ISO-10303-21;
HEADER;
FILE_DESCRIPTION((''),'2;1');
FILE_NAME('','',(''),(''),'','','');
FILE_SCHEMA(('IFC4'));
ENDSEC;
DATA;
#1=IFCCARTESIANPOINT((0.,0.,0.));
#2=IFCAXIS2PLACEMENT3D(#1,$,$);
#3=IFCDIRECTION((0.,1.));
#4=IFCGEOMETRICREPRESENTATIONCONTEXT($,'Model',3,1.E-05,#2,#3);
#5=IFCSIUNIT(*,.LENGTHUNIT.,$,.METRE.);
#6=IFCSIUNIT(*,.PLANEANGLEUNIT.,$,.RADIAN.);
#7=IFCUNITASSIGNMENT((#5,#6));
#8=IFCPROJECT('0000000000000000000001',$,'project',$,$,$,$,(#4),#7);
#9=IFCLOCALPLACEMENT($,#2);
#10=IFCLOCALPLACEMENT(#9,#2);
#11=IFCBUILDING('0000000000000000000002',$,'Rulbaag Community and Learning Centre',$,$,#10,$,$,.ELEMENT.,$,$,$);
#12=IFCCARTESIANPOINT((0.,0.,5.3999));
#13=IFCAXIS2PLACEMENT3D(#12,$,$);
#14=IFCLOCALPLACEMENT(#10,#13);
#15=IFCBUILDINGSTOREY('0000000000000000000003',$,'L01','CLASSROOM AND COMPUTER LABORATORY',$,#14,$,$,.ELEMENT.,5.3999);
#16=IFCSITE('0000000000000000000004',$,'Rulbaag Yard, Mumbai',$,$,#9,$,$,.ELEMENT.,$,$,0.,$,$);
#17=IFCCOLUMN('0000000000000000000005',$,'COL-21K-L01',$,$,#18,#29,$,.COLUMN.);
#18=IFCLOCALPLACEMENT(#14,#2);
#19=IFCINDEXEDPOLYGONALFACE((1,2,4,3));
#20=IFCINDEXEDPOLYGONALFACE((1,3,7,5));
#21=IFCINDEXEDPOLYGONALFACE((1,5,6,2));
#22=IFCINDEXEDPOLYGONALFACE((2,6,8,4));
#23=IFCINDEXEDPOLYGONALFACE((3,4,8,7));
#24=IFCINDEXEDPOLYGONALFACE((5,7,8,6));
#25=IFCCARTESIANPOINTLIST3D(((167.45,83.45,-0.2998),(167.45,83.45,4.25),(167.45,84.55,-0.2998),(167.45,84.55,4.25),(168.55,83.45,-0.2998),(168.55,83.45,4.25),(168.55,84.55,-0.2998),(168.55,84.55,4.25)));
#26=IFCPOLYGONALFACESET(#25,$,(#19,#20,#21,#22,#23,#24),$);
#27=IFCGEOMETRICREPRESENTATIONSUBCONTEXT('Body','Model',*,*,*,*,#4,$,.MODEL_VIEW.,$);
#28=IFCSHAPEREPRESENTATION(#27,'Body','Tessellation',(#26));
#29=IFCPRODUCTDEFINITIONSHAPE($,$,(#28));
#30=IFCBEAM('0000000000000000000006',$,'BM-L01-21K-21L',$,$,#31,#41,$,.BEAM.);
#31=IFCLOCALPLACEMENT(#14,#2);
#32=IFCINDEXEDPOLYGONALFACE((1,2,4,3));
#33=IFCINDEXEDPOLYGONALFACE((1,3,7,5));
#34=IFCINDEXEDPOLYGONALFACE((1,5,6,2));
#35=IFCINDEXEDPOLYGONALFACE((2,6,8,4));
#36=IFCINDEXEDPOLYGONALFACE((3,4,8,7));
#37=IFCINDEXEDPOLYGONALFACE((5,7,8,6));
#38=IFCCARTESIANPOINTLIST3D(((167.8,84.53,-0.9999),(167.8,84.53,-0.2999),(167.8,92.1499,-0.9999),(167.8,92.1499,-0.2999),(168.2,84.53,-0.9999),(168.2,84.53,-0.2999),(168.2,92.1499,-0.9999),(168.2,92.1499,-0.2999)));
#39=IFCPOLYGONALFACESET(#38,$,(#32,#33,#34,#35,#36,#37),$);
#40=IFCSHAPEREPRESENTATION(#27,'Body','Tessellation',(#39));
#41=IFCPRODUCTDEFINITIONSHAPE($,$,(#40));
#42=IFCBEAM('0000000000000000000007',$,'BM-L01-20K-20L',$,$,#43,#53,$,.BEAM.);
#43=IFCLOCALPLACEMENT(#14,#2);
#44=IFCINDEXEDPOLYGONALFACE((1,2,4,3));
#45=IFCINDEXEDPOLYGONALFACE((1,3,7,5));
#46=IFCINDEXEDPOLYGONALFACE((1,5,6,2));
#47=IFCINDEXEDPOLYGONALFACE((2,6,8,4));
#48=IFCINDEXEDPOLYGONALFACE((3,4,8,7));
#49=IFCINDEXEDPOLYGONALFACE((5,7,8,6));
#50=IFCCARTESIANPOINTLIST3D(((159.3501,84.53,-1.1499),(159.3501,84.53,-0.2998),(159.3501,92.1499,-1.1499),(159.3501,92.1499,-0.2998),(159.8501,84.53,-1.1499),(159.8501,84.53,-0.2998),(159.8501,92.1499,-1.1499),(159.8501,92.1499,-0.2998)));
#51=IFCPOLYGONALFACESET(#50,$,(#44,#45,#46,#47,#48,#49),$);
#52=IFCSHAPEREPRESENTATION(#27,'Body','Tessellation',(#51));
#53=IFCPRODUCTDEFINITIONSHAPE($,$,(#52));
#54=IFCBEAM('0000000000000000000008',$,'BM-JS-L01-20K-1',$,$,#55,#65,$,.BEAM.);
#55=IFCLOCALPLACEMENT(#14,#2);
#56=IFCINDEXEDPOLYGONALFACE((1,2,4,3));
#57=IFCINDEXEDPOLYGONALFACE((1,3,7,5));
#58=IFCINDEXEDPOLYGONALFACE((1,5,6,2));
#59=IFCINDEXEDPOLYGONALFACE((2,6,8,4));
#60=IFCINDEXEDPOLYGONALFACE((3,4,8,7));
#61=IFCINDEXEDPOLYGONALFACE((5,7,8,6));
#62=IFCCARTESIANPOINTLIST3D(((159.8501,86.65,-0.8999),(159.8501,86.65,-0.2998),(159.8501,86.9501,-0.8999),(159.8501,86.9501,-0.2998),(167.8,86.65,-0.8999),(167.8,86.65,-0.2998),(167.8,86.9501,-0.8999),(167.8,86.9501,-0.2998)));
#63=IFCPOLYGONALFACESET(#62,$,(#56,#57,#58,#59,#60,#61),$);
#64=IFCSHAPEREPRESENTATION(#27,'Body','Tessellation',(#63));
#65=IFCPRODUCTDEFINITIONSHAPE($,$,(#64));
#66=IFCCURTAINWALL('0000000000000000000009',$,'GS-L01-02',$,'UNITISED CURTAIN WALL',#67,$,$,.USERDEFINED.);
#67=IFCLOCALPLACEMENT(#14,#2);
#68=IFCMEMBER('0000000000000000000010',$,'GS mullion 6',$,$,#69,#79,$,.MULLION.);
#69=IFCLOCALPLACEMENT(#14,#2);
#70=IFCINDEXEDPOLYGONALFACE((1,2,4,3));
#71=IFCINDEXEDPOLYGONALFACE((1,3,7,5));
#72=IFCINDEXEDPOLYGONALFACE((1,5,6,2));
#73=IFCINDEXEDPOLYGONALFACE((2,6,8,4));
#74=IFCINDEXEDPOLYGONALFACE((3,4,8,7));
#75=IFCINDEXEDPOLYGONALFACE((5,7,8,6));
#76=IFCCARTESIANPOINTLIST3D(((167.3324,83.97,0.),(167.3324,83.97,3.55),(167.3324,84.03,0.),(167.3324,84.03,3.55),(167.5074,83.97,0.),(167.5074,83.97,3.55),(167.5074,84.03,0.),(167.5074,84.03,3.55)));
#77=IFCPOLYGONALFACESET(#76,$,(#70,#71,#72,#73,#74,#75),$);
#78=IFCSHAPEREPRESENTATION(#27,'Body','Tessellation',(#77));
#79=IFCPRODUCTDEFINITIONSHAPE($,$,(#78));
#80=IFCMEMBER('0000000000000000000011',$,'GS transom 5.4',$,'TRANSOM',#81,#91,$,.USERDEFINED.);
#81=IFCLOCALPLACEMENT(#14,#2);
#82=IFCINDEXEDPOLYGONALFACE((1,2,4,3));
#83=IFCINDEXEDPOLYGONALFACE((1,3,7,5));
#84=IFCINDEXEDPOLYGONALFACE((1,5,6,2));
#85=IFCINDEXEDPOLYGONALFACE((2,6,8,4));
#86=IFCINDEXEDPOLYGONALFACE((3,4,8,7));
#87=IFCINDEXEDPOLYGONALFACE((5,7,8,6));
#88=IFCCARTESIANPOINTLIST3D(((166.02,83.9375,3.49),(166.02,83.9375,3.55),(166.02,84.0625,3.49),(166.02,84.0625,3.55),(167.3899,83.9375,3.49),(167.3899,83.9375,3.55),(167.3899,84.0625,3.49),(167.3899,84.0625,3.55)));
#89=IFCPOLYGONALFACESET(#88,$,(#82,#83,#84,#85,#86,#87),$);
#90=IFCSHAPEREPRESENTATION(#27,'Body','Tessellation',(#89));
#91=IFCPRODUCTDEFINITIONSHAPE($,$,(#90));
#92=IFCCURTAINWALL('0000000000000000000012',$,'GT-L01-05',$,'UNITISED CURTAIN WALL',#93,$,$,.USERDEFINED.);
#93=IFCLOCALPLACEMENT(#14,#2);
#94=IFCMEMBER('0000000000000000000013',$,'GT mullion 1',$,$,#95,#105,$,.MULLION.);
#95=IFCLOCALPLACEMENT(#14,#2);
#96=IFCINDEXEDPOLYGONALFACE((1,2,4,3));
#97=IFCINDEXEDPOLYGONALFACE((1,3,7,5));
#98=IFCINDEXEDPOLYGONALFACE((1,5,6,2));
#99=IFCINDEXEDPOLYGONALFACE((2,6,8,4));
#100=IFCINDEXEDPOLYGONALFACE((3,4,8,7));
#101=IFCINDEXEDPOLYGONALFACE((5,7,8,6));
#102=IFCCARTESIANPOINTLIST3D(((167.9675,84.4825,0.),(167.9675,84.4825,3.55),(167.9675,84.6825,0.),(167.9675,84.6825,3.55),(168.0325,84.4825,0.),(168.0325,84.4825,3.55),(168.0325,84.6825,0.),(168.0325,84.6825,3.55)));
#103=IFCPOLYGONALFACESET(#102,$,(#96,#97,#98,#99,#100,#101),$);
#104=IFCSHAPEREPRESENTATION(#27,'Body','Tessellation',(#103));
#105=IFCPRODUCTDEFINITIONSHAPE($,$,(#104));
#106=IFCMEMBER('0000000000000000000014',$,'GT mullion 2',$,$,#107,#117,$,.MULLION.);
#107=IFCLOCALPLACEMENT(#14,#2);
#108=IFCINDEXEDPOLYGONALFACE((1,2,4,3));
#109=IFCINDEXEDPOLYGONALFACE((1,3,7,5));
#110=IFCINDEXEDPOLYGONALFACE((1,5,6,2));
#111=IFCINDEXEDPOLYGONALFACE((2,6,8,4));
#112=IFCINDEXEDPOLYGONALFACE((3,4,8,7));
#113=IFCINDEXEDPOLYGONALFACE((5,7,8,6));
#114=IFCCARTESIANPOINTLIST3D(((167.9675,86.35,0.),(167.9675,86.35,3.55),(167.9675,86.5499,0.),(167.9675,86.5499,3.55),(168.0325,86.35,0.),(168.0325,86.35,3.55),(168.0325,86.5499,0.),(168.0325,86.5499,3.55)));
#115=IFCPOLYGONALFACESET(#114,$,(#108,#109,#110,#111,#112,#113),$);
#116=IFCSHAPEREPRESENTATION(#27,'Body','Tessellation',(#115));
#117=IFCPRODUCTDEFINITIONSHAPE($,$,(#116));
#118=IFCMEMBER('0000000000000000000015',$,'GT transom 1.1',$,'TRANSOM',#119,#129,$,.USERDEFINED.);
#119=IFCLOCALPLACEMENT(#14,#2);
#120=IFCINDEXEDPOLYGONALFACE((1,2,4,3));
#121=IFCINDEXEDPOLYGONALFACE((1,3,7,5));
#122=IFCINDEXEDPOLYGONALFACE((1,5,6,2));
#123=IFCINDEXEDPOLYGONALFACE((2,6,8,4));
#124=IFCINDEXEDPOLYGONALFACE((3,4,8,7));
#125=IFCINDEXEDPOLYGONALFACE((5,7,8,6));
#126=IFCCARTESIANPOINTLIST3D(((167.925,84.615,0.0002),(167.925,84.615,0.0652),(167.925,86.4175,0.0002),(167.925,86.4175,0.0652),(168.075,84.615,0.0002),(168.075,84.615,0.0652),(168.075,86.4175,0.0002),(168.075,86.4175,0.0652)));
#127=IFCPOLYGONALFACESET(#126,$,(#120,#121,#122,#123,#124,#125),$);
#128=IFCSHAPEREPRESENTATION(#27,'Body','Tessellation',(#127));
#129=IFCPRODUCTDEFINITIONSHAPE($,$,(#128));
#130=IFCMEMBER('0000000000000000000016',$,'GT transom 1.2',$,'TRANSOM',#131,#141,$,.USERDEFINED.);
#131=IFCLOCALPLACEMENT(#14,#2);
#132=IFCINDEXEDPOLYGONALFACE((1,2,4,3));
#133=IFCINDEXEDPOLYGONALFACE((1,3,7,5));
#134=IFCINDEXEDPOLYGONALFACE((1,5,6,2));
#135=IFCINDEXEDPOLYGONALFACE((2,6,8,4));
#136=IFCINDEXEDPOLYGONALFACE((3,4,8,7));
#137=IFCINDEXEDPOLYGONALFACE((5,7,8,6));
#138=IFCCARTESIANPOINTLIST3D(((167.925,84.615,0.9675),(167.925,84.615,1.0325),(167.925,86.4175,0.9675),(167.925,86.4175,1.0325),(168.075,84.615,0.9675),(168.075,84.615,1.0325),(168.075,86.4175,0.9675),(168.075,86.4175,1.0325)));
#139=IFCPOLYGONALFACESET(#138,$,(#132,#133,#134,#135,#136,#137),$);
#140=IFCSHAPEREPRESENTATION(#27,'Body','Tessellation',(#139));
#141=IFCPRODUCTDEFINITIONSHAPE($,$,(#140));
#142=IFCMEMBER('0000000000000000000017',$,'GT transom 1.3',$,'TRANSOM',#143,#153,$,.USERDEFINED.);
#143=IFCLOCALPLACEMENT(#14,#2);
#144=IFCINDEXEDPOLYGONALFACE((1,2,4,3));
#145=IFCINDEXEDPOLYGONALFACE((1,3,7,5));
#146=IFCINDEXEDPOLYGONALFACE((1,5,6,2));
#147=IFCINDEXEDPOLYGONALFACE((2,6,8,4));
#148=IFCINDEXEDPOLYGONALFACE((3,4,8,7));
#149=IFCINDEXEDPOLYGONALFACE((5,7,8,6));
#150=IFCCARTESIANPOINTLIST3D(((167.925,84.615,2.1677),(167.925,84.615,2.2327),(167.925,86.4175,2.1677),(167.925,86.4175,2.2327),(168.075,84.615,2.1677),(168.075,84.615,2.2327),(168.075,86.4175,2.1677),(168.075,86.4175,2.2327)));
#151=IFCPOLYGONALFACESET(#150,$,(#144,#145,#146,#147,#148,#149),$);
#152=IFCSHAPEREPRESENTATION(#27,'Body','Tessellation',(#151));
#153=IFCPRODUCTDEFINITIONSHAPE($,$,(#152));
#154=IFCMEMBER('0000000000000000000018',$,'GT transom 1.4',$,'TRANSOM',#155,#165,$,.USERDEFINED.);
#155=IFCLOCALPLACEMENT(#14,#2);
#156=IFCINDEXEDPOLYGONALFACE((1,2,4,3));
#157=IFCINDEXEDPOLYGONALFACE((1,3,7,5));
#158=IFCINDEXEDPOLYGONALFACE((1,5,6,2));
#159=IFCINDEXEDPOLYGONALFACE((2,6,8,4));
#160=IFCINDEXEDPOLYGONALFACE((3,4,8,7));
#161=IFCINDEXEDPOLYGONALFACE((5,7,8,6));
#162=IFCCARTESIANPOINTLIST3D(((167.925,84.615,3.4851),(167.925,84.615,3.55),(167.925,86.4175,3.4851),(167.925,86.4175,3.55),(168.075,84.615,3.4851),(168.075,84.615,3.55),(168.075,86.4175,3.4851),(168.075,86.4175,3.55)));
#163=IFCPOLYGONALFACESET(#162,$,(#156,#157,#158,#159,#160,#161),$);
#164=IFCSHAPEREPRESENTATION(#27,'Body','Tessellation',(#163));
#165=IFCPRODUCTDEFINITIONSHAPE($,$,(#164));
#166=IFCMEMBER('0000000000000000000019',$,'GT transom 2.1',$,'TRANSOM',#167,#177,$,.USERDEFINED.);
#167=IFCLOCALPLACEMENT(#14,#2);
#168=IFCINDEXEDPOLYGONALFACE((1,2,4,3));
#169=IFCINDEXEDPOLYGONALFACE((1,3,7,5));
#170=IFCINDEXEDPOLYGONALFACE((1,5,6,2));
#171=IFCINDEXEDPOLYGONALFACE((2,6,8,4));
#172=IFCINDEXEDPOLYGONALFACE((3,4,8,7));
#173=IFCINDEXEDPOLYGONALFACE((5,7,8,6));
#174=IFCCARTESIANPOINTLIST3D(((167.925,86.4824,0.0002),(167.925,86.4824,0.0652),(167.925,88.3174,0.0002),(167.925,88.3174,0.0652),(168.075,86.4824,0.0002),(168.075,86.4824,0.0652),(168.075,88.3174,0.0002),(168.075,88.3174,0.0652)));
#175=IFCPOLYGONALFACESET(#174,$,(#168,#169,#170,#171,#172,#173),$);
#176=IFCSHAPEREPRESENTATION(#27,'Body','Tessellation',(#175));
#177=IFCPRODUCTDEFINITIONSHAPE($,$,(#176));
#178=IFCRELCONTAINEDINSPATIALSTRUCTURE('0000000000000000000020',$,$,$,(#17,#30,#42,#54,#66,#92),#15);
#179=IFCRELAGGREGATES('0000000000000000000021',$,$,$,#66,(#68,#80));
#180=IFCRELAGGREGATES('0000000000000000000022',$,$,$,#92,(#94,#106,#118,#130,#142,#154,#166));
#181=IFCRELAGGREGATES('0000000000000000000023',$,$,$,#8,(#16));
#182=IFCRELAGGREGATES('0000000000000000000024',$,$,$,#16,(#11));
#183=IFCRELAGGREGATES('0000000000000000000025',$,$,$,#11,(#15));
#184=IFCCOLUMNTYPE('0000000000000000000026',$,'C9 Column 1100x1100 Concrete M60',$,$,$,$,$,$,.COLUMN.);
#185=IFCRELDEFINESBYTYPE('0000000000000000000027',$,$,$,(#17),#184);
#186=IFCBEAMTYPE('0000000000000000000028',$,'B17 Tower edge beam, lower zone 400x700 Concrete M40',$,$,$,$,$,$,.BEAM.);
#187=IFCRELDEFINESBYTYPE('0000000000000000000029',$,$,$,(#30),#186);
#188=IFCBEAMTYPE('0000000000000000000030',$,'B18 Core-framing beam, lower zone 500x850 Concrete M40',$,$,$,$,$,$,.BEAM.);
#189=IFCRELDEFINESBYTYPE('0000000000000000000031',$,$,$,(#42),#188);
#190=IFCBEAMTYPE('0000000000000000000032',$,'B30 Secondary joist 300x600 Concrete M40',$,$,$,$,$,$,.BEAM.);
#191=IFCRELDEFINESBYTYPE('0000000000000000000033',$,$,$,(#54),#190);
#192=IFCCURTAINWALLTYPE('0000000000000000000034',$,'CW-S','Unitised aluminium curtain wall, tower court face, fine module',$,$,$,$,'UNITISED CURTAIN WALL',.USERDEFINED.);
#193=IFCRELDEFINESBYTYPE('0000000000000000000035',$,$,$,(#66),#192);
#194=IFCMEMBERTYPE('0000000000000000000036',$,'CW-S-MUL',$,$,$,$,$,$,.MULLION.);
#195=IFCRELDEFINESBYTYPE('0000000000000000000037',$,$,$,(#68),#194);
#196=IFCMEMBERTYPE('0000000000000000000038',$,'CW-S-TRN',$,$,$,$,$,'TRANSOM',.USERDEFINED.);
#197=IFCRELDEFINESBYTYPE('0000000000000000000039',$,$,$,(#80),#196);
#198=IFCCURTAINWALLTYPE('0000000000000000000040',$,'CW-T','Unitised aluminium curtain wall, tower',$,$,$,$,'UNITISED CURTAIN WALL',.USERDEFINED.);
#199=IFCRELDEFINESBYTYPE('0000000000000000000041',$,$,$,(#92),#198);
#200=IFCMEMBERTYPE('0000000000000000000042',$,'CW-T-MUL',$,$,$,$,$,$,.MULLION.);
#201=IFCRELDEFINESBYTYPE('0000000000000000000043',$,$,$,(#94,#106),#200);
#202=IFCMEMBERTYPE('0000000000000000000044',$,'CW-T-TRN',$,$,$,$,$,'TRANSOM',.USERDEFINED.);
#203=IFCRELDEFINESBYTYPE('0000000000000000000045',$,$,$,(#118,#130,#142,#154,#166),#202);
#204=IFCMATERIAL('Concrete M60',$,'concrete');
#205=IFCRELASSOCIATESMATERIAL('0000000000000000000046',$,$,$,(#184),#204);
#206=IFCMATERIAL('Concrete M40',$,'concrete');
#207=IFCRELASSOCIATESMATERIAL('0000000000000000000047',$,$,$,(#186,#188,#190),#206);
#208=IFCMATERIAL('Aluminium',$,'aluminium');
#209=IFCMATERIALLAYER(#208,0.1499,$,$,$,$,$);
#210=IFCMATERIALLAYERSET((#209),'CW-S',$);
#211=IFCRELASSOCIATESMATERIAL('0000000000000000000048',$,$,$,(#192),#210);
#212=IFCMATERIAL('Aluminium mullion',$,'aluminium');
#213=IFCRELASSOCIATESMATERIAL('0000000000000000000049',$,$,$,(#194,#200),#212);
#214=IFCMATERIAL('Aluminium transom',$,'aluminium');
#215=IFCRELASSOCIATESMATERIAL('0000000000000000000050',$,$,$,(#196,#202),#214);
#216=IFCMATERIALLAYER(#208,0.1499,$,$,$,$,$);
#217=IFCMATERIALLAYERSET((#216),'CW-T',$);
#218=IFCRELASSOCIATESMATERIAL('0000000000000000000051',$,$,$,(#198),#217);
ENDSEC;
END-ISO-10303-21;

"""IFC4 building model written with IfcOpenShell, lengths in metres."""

from ifc_helpers import new_model, si_unit, direction, frame, origin, origin_2d, place, context, subcontext, project, spatial, rectangle, extrude, material, layer, layer_set, material_profile, profile_set, type_object, element, aggregate, save


model = new_model("IFC4")

# Units and contexts
model_context = context("Model", 3, precision=1e-05, world=origin(), true_north=direction((0.0, 1.0)))
body_context = subcontext(model_context, "Body", "Model", "MODEL_VIEW")
ifc_project = project(units=[si_unit("LENGTHUNIT", "METRE"), si_unit("PLANEANGLEUNIT", "RADIAN")], contexts=[model_context])

# Site, building, storey
site_placement = place(None, origin())
site = spatial("IfcSite", under=ifc_project, at=site_placement, Name="Rulbaag Yard, Mumbai", CompositionType="ELEMENT", RefElevation=0.0)
building_placement = place(site_placement, origin())
building = spatial("IfcBuilding", under=site, at=building_placement, Name="Rulbaag Community and Learning Centre", CompositionType="ELEMENT")
storey_placement = place(building_placement, frame((0.0, 0.0, 5.3999)))
storey = spatial("IfcBuildingStorey", under=building, at=storey_placement, Name="L01", Description="CLASSROOM AND COMPUTER LABORATORY", CompositionType="ELEMENT", Elevation=5.3999)

# Column
ifc_material_1 = material(Name="Concrete M60", Category="concrete")
ifc_material_profile_1 = material_profile(ifc_material_1, rectangle(XDim=1.1001, YDim=1.1001, at=origin_2d()), Name="RC1100x1100")
ifc_profile_set_1 = profile_set([ifc_material_profile_1], Name="Concrete M60")
column_type = type_object("IfcColumnType", Name="C9 Column 1100x1100 Concrete M60", PredefinedType="COLUMN", material=ifc_profile_set_1)
column_placement = place(storey_placement, frame((168.0, 84.0, -0.2998), z_axis=(0.0, 0.0, 1.0), x_axis=(1.0, 0.0, 0.0)))
element("IfcColumn", 1, at=column_placement, inside=storey, type_object=column_type, Name="COL-21K-L01", PredefinedType="COLUMN", context=body_context, shape_type="SweptSolid", body=[
    extrude(rectangle(XDim=1.1001, YDim=1.1001, at=origin_2d()), origin(), (0.0, 0.0, 1.0), 4.5498),
])

# Beams
ifc_material_2 = material(Name="Concrete M40", Category="concrete")
ifc_material_profile_2 = material_profile(ifc_material_2, rectangle(XDim=0.3999, YDim=0.7, at=origin_2d()), Name="RB400x700")
ifc_profile_set_2 = profile_set([ifc_material_profile_2], Name="Concrete M40")
beam_type_1 = type_object("IfcBeamType", Name="B17 Tower edge beam, lower zone 400x700 Concrete M40", PredefinedType="BEAM", material=ifc_profile_set_2)
beam_1_placement = place(storey_placement, frame((168.0, 84.53, -0.6499), z_axis=(0.0, 1.0, 0.0), x_axis=(-1.0, 0.0, 0.0)))
element("IfcBeam", 2, at=beam_1_placement, inside=storey, type_object=beam_type_1, Name="BM-L01-21K-21L", PredefinedType="BEAM", context=body_context, shape_type="SweptSolid", body=[
    extrude(rectangle(XDim=0.3999, YDim=0.7, at=origin_2d()), origin(), (0.0, 0.0, 1.0), 7.6199),
])
ifc_material_profile_3 = material_profile(ifc_material_2, rectangle(XDim=0.5, YDim=0.8501, at=origin_2d()), Name="RB500x850")
ifc_profile_set_3 = profile_set([ifc_material_profile_3], Name="Concrete M40")
beam_type_2 = type_object("IfcBeamType", Name="B18 Core-framing beam, lower zone 500x850 Concrete M40", PredefinedType="BEAM", material=ifc_profile_set_3)
beam_2_placement = place(storey_placement, frame((159.6001, 84.53, -0.7249), z_axis=(0.0, 1.0, 0.0), x_axis=(-1.0, 0.0, 0.0)))
element("IfcBeam", 3, at=beam_2_placement, inside=storey, type_object=beam_type_2, Name="BM-L01-20K-20L", PredefinedType="BEAM", context=body_context, shape_type="SweptSolid", body=[
    extrude(rectangle(XDim=0.5, YDim=0.8501, at=origin_2d()), origin(), (0.0, 0.0, 1.0), 7.6199),
])
ifc_material_profile_4 = material_profile(ifc_material_2, rectangle(XDim=0.3, YDim=0.6001, at=origin_2d()), Name="RB300x600")
ifc_profile_set_4 = profile_set([ifc_material_profile_4], Name="Concrete M40")
beam_type_3 = type_object("IfcBeamType", Name="B30 Secondary joist 300x600 Concrete M40", PredefinedType="BEAM", material=ifc_profile_set_4)
beam_3_placement = place(storey_placement, frame((159.8501, 86.8, -0.5999), z_axis=(1.0, 0.0, 0.0), x_axis=(0.0, 1.0, 0.0)))
element("IfcBeam", 4, at=beam_3_placement, inside=storey, type_object=beam_type_3, Name="BM-JS-L01-20K-1", PredefinedType="BEAM", context=body_context, shape_type="SweptSolid", body=[
    extrude(rectangle(XDim=0.3, YDim=0.6001, at=origin_2d()), origin(), (0.0, 0.0, 1.0), 7.95),
])

# Curtain walls, members
ifc_material_3 = material(Name="Aluminium", Category="aluminium")
ifc_layer_1 = layer(ifc_material_3, 0.1499)
ifc_layer_set_1 = layer_set([ifc_layer_1], Name="CW-S")
curtain_wall_type_1 = type_object("IfcCurtainWallType", Name="CW-S", Description="Unitised aluminium curtain wall, tower court face, fine module", ElementType="UNITISED CURTAIN WALL", PredefinedType="USERDEFINED", material=ifc_layer_set_1)
curtain_wall_1_placement = place(storey_placement, origin())
curtain_wall_1 = element("IfcCurtainWall", 5, at=curtain_wall_1_placement, inside=storey, type_object=curtain_wall_type_1, Name="GS-L01-02", ObjectType="UNITISED CURTAIN WALL", PredefinedType="USERDEFINED")
ifc_material_4 = material(Name="Aluminium mullion", Category="aluminium")
ifc_material_profile_5 = material_profile(ifc_material_4, rectangle(XDim=0.0601, YDim=0.175, at=origin_2d()), Name="AL 60x175")
ifc_profile_set_5 = profile_set([ifc_material_profile_5], Name="Aluminium mullion")
member_type_1 = type_object("IfcMemberType", Name="CW-S-MUL", PredefinedType="MULLION", material=ifc_profile_set_5)
member_1_placement = place(storey_placement, frame((167.4199, 84.0, 0.0), z_axis=(0.0, 0.0, 1.0), x_axis=(0.0, 1.0, 0.0)))
member_1 = element("IfcMember", 6, at=member_1_placement, type_object=member_type_1, Name="GS mullion 6", PredefinedType="MULLION", context=body_context, shape_type="SweptSolid", body=[
    extrude(rectangle(XDim=0.0601, YDim=0.175, at=origin_2d()), origin(), (0.0, 0.0, 1.0), 3.55),
])
ifc_material_5 = material(Name="Aluminium transom", Category="aluminium")
ifc_material_profile_6 = material_profile(ifc_material_5, rectangle(XDim=0.125, YDim=0.0601, at=origin_2d()), Name="AL 60x125 T")
ifc_profile_set_6 = profile_set([ifc_material_profile_6], Name="Aluminium transom")
member_type_2 = type_object("IfcMemberType", Name="CW-S-TRN", ElementType="TRANSOM", PredefinedType="USERDEFINED", material=ifc_profile_set_6)
member_2_placement = place(storey_placement, frame((166.02, 84.0, 3.52), z_axis=(1.0, 0.0, 0.0), x_axis=(0.0, 1.0, 0.0)))
member_2 = element("IfcMember", 7, at=member_2_placement, type_object=member_type_2, Name="GS transom 5.4", ObjectType="TRANSOM", PredefinedType="USERDEFINED", context=body_context, shape_type="SweptSolid", body=[
    extrude(rectangle(XDim=0.125, YDim=0.0601, at=origin_2d()), origin(), (0.0, 0.0, 1.0), 1.3699),
])
ifc_layer_2 = layer(ifc_material_3, 0.1499)
ifc_layer_set_2 = layer_set([ifc_layer_2], Name="CW-T")
curtain_wall_type_2 = type_object("IfcCurtainWallType", Name="CW-T", Description="Unitised aluminium curtain wall, tower", ElementType="UNITISED CURTAIN WALL", PredefinedType="USERDEFINED", material=ifc_layer_set_2)
curtain_wall_2_placement = place(storey_placement, origin())
curtain_wall_2 = element("IfcCurtainWall", 8, at=curtain_wall_2_placement, inside=storey, type_object=curtain_wall_type_2, Name="GT-L01-05", ObjectType="UNITISED CURTAIN WALL", PredefinedType="USERDEFINED")
ifc_material_profile_7 = material_profile(ifc_material_4, rectangle(XDim=0.0649, YDim=0.2, at=origin_2d()), Name="AL 65x200")
ifc_profile_set_7 = profile_set([ifc_material_profile_7], Name="Aluminium mullion")
member_type_3 = type_object("IfcMemberType", Name="CW-T-MUL", PredefinedType="MULLION", material=ifc_profile_set_7)
member_3_placement = place(storey_placement, frame((168.0, 84.5825, 0.0), z_axis=(0.0, 0.0, 1.0), x_axis=(-1.0, 0.0, 0.0)))
member_3 = element("IfcMember", 9, at=member_3_placement, type_object=member_type_3, Name="GT mullion 1", PredefinedType="MULLION", context=body_context, shape_type="SweptSolid", body=[
    extrude(rectangle(XDim=0.0649, YDim=0.2, at=origin_2d()), origin(), (0.0, 0.0, 1.0), 3.55),
])
member_4_placement = place(storey_placement, frame((168.0, 86.45, 0.0), z_axis=(0.0, 0.0, 1.0), x_axis=(-1.0, 0.0, 0.0)))
member_4 = element("IfcMember", 10, at=member_4_placement, type_object=member_type_3, Name="GT mullion 2", PredefinedType="MULLION", context=body_context, shape_type="SweptSolid", body=[
    extrude(rectangle(XDim=0.0649, YDim=0.2, at=origin_2d()), origin(), (0.0, 0.0, 1.0), 3.55),
])
ifc_material_profile_8 = material_profile(ifc_material_5, rectangle(XDim=0.1499, YDim=0.0649, at=origin_2d()), Name="AL 65x150 T")
ifc_profile_set_8 = profile_set([ifc_material_profile_8], Name="Aluminium transom")
member_type_4 = type_object("IfcMemberType", Name="CW-T-TRN", ElementType="TRANSOM", PredefinedType="USERDEFINED", material=ifc_profile_set_8)
member_5_placement = place(storey_placement, frame((168.0, 84.615, 0.0327), z_axis=(0.0, 1.0, 0.0), x_axis=(-1.0, 0.0, 0.0)))
member_5 = element("IfcMember", 11, at=member_5_placement, type_object=member_type_4, Name="GT transom 1.1", ObjectType="TRANSOM", PredefinedType="USERDEFINED", context=body_context, shape_type="SweptSolid", body=[
    extrude(rectangle(XDim=0.1499, YDim=0.0649, at=origin_2d()), origin(), (0.0, 0.0, 1.0), 1.8025),
])
member_6_placement = place(storey_placement, frame((168.0, 84.615, 1.0), z_axis=(0.0, 1.0, 0.0), x_axis=(-1.0, 0.0, 0.0)))
member_6 = element("IfcMember", 12, at=member_6_placement, type_object=member_type_4, Name="GT transom 1.2", ObjectType="TRANSOM", PredefinedType="USERDEFINED", context=body_context, shape_type="SweptSolid", body=[
    extrude(rectangle(XDim=0.1499, YDim=0.0649, at=origin_2d()), origin(), (0.0, 0.0, 1.0), 1.8025),
])
member_7_placement = place(storey_placement, frame((168.0, 84.615, 2.2002), z_axis=(0.0, 1.0, 0.0), x_axis=(-1.0, 0.0, 0.0)))
member_7 = element("IfcMember", 13, at=member_7_placement, type_object=member_type_4, Name="GT transom 1.3", ObjectType="TRANSOM", PredefinedType="USERDEFINED", context=body_context, shape_type="SweptSolid", body=[
    extrude(rectangle(XDim=0.1499, YDim=0.0649, at=origin_2d()), origin(), (0.0, 0.0, 1.0), 1.8025),
])
member_8_placement = place(storey_placement, frame((168.0, 84.615, 3.5176), z_axis=(0.0, 1.0, 0.0), x_axis=(-1.0, 0.0, 0.0)))
member_8 = element("IfcMember", 14, at=member_8_placement, type_object=member_type_4, Name="GT transom 1.4", ObjectType="TRANSOM", PredefinedType="USERDEFINED", context=body_context, shape_type="SweptSolid", body=[
    extrude(rectangle(XDim=0.1499, YDim=0.0649, at=origin_2d()), origin(), (0.0, 0.0, 1.0), 1.8025),
])
member_9_placement = place(storey_placement, frame((168.0, 86.4824, 0.0327), z_axis=(0.0, 1.0, 0.0), x_axis=(-1.0, 0.0, 0.0)))
member_9 = element("IfcMember", 15, at=member_9_placement, type_object=member_type_4, Name="GT transom 2.1", ObjectType="TRANSOM", PredefinedType="USERDEFINED", context=body_context, shape_type="SweptSolid", body=[
    extrude(rectangle(XDim=0.1499, YDim=0.0649, at=origin_2d()), origin(), (0.0, 0.0, 1.0), 1.835),
])

aggregate(curtain_wall_1, [member_1, member_2])
aggregate(curtain_wall_2, [member_3, member_4, member_5, member_6, member_7, member_8, member_9])

save(model, "model.ifc")
